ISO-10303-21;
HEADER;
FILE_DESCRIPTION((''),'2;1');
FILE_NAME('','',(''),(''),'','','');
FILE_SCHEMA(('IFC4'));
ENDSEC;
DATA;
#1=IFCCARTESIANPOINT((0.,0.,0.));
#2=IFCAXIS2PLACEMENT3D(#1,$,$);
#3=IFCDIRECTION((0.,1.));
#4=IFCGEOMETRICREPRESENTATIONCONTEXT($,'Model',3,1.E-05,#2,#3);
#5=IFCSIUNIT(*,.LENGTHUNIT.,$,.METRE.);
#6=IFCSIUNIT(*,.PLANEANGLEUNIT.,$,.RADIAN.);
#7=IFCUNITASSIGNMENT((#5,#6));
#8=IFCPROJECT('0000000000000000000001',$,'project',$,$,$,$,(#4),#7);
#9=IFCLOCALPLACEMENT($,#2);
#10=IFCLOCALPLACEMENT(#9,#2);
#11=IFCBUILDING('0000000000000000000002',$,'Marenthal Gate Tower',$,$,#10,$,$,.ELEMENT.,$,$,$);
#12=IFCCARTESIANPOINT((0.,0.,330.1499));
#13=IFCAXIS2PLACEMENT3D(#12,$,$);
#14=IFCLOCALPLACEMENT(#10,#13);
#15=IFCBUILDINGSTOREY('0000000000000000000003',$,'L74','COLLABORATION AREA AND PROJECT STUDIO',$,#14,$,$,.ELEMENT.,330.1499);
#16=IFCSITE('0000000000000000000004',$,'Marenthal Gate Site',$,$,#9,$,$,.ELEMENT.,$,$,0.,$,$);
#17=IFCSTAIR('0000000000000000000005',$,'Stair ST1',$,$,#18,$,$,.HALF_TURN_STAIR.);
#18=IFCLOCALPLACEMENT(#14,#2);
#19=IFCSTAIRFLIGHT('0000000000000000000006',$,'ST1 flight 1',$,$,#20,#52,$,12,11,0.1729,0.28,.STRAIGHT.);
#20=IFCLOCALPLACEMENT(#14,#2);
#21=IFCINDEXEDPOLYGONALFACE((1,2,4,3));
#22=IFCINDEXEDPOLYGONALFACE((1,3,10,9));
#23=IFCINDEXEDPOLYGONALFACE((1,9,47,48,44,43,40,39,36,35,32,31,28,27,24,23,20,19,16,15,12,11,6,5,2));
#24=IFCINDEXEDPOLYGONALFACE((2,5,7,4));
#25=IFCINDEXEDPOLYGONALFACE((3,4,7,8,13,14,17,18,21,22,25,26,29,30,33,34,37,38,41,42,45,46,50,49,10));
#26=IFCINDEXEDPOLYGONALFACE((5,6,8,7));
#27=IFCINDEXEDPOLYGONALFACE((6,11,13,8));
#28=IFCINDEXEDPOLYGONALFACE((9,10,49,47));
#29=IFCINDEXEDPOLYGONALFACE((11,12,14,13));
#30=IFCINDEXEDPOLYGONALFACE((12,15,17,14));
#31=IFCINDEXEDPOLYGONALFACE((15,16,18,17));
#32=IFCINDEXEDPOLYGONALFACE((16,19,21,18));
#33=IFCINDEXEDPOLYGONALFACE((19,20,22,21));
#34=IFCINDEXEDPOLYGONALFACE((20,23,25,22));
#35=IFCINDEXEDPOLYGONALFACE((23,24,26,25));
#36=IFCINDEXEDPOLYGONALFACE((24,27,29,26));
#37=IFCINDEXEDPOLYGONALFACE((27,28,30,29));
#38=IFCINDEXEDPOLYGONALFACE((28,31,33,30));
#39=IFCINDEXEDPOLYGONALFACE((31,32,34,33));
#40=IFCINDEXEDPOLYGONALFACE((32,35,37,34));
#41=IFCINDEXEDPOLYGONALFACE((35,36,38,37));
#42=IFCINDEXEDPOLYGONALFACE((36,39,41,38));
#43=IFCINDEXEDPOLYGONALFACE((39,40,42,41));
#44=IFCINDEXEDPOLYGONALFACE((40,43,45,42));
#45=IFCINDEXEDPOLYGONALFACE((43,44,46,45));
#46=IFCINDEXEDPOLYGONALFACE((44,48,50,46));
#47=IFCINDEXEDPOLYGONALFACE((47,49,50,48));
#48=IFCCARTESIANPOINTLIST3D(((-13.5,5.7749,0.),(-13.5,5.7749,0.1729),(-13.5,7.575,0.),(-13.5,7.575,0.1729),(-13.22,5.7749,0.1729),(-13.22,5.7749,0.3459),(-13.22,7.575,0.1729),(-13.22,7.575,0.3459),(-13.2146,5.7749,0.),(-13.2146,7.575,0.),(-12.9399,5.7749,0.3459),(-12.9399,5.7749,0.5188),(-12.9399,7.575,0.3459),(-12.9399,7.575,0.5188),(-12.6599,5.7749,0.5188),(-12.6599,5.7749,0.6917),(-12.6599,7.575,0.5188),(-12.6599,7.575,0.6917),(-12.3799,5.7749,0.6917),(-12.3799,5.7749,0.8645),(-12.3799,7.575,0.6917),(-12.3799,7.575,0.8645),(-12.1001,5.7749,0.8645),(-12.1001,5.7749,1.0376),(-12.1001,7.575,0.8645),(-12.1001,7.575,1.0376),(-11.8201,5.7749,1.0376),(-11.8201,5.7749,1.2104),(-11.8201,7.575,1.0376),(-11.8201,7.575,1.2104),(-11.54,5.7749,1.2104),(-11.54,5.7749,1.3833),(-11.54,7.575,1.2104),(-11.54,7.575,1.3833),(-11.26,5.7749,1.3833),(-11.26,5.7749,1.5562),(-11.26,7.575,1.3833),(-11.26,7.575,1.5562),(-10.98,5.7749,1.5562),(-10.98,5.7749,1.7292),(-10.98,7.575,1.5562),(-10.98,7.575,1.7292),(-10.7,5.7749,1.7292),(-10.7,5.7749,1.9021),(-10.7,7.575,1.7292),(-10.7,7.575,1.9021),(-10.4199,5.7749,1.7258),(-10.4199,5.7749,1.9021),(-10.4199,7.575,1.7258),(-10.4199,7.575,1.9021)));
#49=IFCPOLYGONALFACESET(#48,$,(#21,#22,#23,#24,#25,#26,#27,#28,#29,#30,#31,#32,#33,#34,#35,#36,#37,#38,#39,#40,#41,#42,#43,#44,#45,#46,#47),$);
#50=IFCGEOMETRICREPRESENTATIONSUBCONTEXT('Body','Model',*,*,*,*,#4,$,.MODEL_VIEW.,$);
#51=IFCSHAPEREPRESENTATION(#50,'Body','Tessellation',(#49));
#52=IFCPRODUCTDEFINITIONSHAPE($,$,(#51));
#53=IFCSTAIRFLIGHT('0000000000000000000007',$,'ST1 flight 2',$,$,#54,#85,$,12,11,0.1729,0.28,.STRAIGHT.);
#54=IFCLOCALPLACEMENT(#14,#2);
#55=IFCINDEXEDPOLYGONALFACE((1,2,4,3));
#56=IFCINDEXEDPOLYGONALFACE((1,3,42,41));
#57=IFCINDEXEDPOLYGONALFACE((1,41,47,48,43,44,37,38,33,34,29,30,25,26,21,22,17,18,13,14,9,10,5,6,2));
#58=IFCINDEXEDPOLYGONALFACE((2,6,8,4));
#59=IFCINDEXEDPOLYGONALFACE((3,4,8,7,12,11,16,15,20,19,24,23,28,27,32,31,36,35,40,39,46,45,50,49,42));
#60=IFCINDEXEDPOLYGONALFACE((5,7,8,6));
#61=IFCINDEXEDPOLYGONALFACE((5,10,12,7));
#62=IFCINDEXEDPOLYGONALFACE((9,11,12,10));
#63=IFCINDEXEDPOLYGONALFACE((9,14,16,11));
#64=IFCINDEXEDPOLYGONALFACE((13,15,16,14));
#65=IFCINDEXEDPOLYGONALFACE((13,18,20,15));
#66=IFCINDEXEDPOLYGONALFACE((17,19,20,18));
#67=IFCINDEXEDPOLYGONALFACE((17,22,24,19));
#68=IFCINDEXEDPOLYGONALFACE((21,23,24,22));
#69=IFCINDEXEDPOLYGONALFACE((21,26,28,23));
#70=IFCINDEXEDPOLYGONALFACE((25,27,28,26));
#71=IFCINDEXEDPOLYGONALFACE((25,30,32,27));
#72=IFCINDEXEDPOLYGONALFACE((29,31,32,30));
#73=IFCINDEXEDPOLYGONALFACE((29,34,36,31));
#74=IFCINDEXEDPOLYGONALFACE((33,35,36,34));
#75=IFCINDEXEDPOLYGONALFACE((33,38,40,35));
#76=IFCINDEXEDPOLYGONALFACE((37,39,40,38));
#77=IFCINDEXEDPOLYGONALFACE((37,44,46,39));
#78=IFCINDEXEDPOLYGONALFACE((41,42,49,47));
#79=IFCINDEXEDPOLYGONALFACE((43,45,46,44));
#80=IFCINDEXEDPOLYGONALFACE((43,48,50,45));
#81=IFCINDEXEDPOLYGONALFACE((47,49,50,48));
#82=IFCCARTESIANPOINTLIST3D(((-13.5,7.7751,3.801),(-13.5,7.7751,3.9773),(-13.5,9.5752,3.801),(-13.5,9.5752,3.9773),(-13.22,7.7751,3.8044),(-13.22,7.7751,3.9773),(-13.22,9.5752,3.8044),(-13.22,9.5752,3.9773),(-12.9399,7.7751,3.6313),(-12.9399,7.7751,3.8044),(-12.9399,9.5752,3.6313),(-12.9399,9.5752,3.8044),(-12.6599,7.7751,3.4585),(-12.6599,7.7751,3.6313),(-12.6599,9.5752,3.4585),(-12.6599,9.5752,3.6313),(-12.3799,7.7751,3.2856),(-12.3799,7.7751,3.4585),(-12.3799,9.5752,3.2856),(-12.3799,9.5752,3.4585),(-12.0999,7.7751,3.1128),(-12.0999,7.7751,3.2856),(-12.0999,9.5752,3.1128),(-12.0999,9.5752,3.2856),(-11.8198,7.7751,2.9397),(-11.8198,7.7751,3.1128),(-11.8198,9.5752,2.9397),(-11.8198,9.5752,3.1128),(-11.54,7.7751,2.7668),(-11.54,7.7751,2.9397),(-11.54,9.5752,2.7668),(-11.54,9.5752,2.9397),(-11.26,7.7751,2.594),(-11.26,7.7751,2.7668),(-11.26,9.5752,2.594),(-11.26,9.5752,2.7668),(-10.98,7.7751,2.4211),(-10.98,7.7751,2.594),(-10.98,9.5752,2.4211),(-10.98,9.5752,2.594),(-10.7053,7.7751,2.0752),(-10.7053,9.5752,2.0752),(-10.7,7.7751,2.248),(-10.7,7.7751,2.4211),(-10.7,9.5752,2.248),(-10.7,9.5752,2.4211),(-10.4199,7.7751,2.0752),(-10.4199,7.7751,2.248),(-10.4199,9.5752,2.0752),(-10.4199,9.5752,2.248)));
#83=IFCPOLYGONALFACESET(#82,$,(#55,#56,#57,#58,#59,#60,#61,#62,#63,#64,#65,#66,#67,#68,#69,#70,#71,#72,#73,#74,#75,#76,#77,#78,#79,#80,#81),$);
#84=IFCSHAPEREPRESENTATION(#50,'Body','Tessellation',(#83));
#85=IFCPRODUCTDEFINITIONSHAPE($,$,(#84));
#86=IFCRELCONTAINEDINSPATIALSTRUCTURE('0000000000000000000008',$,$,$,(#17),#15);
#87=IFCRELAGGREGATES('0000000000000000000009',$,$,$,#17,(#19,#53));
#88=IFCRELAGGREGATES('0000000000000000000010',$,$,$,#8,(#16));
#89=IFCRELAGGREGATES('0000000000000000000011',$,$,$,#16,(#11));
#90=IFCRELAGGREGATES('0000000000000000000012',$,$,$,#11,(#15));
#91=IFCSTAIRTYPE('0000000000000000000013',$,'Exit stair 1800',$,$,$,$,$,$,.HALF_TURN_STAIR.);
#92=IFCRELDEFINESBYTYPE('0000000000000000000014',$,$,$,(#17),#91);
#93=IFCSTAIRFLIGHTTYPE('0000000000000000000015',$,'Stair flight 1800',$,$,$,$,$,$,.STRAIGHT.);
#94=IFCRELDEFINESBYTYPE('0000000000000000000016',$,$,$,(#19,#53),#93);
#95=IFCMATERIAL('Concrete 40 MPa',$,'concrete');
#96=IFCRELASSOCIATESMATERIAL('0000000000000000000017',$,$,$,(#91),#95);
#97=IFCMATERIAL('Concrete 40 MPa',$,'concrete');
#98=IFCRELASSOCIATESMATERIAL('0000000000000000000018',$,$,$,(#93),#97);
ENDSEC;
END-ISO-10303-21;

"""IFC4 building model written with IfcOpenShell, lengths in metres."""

from ifc_helpers import new_model, si_unit, direction, frame, origin, place, context, subcontext, project, spatial, polyline, outline, extrude, material, type_object, element, aggregate, save


model = new_model("IFC4")

# Units and contexts
model_context = context("Model", 3, precision=1e-05, world=origin(), true_north=direction((0.0, 1.0)))
body_context = subcontext(model_context, "Body", "Model", "MODEL_VIEW")
ifc_project = project(units=[si_unit("LENGTHUNIT", "METRE"), si_unit("PLANEANGLEUNIT", "RADIAN")], contexts=[model_context])

# Site, building, storey
site_placement = place(None, origin())
site = spatial("IfcSite", under=ifc_project, at=site_placement, Name="Marenthal Gate Site", CompositionType="ELEMENT", RefElevation=0.0)
building_placement = place(site_placement, origin())
building = spatial("IfcBuilding", under=site, at=building_placement, Name="Marenthal Gate Tower", CompositionType="ELEMENT")
storey_placement = place(building_placement, frame((0.0, 0.0, 330.1499)))
storey = spatial("IfcBuildingStorey", under=building, at=storey_placement, Name="L74", Description="COLLABORATION AREA AND PROJECT STUDIO", CompositionType="ELEMENT", Elevation=330.1499)

# Stair, stair flights
ifc_material_1 = material(Name="Concrete 40 MPa", Category="concrete")
stair_type = type_object("IfcStairType", Name="Exit stair 1800", PredefinedType="HALF_TURN_STAIR", material=ifc_material_1)
stair_placement = place(storey_placement, origin())
stair = element("IfcStair", 1, at=stair_placement, inside=storey, type_object=stair_type, Name="Stair ST1", PredefinedType="HALF_TURN_STAIR")
ifc_material_2 = material(Name="Concrete 40 MPa", Category="concrete")
stair_flight_type = type_object("IfcStairFlightType", Name="Stair flight 1800", PredefinedType="STRAIGHT", material=ifc_material_2)
stair_flight_1_placement = place(storey_placement, frame((-13.5, 6.675, 0.0), z_axis=(0.0, 0.0, 1.0), x_axis=(1.0, 0.0, 0.0)))
stair_flight_1 = element("IfcStairFlight", 2, at=stair_flight_1_placement, type_object=stair_flight_type, Name="ST1 flight 1", NumberOfRisers=12, NumberOfTreads=11, PredefinedType="STRAIGHT", RiserHeight=0.1729, TreadLength=0.28, context=body_context, shape_type="SweptSolid", body=[
    extrude(outline(polyline([(0.0, 0.0), (0.0, 0.1729), (0.28, 0.1729), (0.28, 0.3459), (0.5601, 0.3459), (0.5601, 0.5188), (0.8401, 0.5188), (0.8401, 0.6917), (1.1201, 0.6917), (1.1201, 0.8645), (1.3999, 0.8645), (1.3999, 1.0376), (1.6799, 1.0376), (1.6799, 1.2104), (1.96, 1.2104), (1.96, 1.3833), (2.24, 1.3833), (2.24, 1.5562), (2.52, 1.5562), (2.52, 1.7292), (2.8, 1.7292), (2.8, 1.9021), (3.0801, 1.9021), (3.0801, 2.075), (3.0801, 1.7258), (0.2854, 0.0), (0.0, 0.0)])), frame((0.0, 0.8999, 0.0), z_axis=(0.0, -1.0, 0.0), x_axis=(1.0, 0.0, 0.0)), (0.0, 0.0, 1.0), 1.8),
])
stair_flight_2_placement = place(storey_placement, frame((-10.4199, 8.675, 2.0752), z_axis=(0.0, 0.0, 1.0), x_axis=(-1.0, 0.0, 0.0)))
stair_flight_2 = element("IfcStairFlight", 3, at=stair_flight_2_placement, type_object=stair_flight_type, Name="ST1 flight 2", NumberOfRisers=12, NumberOfTreads=11, PredefinedType="STRAIGHT", RiserHeight=0.1729, TreadLength=0.28, context=body_context, shape_type="SweptSolid", body=[
    extrude(outline(polyline([(0.0, 0.0), (0.0, 0.1729), (0.28, 0.1729), (0.28, 0.3459), (0.5601, 0.3459), (0.5601, 0.5188), (0.8401, 0.5188), (0.8401, 0.6917), (1.1201, 0.6917), (1.1201, 0.8645), (1.3999, 0.8645), (1.3999, 1.0376), (1.6799, 1.0376), (1.6799, 1.2104), (1.96, 1.2104), (1.96, 1.3833), (2.24, 1.3833), (2.24, 1.5562), (2.52, 1.5562), (2.52, 1.7292), (2.8, 1.7292), (2.8, 1.9021), (3.0801, 1.9021), (3.0801, 2.075), (3.0801, 1.7258), (0.2854, 0.0), (0.0, 0.0)])), frame((0.0, 0.8999, 0.0), z_axis=(0.0, -1.0, 0.0), x_axis=(1.0, 0.0, 0.0)), (0.0, 0.0, 1.0), 1.8),
])
aggregate(stair, [stair_flight_1, stair_flight_2])

save(model, "model.ifc")
